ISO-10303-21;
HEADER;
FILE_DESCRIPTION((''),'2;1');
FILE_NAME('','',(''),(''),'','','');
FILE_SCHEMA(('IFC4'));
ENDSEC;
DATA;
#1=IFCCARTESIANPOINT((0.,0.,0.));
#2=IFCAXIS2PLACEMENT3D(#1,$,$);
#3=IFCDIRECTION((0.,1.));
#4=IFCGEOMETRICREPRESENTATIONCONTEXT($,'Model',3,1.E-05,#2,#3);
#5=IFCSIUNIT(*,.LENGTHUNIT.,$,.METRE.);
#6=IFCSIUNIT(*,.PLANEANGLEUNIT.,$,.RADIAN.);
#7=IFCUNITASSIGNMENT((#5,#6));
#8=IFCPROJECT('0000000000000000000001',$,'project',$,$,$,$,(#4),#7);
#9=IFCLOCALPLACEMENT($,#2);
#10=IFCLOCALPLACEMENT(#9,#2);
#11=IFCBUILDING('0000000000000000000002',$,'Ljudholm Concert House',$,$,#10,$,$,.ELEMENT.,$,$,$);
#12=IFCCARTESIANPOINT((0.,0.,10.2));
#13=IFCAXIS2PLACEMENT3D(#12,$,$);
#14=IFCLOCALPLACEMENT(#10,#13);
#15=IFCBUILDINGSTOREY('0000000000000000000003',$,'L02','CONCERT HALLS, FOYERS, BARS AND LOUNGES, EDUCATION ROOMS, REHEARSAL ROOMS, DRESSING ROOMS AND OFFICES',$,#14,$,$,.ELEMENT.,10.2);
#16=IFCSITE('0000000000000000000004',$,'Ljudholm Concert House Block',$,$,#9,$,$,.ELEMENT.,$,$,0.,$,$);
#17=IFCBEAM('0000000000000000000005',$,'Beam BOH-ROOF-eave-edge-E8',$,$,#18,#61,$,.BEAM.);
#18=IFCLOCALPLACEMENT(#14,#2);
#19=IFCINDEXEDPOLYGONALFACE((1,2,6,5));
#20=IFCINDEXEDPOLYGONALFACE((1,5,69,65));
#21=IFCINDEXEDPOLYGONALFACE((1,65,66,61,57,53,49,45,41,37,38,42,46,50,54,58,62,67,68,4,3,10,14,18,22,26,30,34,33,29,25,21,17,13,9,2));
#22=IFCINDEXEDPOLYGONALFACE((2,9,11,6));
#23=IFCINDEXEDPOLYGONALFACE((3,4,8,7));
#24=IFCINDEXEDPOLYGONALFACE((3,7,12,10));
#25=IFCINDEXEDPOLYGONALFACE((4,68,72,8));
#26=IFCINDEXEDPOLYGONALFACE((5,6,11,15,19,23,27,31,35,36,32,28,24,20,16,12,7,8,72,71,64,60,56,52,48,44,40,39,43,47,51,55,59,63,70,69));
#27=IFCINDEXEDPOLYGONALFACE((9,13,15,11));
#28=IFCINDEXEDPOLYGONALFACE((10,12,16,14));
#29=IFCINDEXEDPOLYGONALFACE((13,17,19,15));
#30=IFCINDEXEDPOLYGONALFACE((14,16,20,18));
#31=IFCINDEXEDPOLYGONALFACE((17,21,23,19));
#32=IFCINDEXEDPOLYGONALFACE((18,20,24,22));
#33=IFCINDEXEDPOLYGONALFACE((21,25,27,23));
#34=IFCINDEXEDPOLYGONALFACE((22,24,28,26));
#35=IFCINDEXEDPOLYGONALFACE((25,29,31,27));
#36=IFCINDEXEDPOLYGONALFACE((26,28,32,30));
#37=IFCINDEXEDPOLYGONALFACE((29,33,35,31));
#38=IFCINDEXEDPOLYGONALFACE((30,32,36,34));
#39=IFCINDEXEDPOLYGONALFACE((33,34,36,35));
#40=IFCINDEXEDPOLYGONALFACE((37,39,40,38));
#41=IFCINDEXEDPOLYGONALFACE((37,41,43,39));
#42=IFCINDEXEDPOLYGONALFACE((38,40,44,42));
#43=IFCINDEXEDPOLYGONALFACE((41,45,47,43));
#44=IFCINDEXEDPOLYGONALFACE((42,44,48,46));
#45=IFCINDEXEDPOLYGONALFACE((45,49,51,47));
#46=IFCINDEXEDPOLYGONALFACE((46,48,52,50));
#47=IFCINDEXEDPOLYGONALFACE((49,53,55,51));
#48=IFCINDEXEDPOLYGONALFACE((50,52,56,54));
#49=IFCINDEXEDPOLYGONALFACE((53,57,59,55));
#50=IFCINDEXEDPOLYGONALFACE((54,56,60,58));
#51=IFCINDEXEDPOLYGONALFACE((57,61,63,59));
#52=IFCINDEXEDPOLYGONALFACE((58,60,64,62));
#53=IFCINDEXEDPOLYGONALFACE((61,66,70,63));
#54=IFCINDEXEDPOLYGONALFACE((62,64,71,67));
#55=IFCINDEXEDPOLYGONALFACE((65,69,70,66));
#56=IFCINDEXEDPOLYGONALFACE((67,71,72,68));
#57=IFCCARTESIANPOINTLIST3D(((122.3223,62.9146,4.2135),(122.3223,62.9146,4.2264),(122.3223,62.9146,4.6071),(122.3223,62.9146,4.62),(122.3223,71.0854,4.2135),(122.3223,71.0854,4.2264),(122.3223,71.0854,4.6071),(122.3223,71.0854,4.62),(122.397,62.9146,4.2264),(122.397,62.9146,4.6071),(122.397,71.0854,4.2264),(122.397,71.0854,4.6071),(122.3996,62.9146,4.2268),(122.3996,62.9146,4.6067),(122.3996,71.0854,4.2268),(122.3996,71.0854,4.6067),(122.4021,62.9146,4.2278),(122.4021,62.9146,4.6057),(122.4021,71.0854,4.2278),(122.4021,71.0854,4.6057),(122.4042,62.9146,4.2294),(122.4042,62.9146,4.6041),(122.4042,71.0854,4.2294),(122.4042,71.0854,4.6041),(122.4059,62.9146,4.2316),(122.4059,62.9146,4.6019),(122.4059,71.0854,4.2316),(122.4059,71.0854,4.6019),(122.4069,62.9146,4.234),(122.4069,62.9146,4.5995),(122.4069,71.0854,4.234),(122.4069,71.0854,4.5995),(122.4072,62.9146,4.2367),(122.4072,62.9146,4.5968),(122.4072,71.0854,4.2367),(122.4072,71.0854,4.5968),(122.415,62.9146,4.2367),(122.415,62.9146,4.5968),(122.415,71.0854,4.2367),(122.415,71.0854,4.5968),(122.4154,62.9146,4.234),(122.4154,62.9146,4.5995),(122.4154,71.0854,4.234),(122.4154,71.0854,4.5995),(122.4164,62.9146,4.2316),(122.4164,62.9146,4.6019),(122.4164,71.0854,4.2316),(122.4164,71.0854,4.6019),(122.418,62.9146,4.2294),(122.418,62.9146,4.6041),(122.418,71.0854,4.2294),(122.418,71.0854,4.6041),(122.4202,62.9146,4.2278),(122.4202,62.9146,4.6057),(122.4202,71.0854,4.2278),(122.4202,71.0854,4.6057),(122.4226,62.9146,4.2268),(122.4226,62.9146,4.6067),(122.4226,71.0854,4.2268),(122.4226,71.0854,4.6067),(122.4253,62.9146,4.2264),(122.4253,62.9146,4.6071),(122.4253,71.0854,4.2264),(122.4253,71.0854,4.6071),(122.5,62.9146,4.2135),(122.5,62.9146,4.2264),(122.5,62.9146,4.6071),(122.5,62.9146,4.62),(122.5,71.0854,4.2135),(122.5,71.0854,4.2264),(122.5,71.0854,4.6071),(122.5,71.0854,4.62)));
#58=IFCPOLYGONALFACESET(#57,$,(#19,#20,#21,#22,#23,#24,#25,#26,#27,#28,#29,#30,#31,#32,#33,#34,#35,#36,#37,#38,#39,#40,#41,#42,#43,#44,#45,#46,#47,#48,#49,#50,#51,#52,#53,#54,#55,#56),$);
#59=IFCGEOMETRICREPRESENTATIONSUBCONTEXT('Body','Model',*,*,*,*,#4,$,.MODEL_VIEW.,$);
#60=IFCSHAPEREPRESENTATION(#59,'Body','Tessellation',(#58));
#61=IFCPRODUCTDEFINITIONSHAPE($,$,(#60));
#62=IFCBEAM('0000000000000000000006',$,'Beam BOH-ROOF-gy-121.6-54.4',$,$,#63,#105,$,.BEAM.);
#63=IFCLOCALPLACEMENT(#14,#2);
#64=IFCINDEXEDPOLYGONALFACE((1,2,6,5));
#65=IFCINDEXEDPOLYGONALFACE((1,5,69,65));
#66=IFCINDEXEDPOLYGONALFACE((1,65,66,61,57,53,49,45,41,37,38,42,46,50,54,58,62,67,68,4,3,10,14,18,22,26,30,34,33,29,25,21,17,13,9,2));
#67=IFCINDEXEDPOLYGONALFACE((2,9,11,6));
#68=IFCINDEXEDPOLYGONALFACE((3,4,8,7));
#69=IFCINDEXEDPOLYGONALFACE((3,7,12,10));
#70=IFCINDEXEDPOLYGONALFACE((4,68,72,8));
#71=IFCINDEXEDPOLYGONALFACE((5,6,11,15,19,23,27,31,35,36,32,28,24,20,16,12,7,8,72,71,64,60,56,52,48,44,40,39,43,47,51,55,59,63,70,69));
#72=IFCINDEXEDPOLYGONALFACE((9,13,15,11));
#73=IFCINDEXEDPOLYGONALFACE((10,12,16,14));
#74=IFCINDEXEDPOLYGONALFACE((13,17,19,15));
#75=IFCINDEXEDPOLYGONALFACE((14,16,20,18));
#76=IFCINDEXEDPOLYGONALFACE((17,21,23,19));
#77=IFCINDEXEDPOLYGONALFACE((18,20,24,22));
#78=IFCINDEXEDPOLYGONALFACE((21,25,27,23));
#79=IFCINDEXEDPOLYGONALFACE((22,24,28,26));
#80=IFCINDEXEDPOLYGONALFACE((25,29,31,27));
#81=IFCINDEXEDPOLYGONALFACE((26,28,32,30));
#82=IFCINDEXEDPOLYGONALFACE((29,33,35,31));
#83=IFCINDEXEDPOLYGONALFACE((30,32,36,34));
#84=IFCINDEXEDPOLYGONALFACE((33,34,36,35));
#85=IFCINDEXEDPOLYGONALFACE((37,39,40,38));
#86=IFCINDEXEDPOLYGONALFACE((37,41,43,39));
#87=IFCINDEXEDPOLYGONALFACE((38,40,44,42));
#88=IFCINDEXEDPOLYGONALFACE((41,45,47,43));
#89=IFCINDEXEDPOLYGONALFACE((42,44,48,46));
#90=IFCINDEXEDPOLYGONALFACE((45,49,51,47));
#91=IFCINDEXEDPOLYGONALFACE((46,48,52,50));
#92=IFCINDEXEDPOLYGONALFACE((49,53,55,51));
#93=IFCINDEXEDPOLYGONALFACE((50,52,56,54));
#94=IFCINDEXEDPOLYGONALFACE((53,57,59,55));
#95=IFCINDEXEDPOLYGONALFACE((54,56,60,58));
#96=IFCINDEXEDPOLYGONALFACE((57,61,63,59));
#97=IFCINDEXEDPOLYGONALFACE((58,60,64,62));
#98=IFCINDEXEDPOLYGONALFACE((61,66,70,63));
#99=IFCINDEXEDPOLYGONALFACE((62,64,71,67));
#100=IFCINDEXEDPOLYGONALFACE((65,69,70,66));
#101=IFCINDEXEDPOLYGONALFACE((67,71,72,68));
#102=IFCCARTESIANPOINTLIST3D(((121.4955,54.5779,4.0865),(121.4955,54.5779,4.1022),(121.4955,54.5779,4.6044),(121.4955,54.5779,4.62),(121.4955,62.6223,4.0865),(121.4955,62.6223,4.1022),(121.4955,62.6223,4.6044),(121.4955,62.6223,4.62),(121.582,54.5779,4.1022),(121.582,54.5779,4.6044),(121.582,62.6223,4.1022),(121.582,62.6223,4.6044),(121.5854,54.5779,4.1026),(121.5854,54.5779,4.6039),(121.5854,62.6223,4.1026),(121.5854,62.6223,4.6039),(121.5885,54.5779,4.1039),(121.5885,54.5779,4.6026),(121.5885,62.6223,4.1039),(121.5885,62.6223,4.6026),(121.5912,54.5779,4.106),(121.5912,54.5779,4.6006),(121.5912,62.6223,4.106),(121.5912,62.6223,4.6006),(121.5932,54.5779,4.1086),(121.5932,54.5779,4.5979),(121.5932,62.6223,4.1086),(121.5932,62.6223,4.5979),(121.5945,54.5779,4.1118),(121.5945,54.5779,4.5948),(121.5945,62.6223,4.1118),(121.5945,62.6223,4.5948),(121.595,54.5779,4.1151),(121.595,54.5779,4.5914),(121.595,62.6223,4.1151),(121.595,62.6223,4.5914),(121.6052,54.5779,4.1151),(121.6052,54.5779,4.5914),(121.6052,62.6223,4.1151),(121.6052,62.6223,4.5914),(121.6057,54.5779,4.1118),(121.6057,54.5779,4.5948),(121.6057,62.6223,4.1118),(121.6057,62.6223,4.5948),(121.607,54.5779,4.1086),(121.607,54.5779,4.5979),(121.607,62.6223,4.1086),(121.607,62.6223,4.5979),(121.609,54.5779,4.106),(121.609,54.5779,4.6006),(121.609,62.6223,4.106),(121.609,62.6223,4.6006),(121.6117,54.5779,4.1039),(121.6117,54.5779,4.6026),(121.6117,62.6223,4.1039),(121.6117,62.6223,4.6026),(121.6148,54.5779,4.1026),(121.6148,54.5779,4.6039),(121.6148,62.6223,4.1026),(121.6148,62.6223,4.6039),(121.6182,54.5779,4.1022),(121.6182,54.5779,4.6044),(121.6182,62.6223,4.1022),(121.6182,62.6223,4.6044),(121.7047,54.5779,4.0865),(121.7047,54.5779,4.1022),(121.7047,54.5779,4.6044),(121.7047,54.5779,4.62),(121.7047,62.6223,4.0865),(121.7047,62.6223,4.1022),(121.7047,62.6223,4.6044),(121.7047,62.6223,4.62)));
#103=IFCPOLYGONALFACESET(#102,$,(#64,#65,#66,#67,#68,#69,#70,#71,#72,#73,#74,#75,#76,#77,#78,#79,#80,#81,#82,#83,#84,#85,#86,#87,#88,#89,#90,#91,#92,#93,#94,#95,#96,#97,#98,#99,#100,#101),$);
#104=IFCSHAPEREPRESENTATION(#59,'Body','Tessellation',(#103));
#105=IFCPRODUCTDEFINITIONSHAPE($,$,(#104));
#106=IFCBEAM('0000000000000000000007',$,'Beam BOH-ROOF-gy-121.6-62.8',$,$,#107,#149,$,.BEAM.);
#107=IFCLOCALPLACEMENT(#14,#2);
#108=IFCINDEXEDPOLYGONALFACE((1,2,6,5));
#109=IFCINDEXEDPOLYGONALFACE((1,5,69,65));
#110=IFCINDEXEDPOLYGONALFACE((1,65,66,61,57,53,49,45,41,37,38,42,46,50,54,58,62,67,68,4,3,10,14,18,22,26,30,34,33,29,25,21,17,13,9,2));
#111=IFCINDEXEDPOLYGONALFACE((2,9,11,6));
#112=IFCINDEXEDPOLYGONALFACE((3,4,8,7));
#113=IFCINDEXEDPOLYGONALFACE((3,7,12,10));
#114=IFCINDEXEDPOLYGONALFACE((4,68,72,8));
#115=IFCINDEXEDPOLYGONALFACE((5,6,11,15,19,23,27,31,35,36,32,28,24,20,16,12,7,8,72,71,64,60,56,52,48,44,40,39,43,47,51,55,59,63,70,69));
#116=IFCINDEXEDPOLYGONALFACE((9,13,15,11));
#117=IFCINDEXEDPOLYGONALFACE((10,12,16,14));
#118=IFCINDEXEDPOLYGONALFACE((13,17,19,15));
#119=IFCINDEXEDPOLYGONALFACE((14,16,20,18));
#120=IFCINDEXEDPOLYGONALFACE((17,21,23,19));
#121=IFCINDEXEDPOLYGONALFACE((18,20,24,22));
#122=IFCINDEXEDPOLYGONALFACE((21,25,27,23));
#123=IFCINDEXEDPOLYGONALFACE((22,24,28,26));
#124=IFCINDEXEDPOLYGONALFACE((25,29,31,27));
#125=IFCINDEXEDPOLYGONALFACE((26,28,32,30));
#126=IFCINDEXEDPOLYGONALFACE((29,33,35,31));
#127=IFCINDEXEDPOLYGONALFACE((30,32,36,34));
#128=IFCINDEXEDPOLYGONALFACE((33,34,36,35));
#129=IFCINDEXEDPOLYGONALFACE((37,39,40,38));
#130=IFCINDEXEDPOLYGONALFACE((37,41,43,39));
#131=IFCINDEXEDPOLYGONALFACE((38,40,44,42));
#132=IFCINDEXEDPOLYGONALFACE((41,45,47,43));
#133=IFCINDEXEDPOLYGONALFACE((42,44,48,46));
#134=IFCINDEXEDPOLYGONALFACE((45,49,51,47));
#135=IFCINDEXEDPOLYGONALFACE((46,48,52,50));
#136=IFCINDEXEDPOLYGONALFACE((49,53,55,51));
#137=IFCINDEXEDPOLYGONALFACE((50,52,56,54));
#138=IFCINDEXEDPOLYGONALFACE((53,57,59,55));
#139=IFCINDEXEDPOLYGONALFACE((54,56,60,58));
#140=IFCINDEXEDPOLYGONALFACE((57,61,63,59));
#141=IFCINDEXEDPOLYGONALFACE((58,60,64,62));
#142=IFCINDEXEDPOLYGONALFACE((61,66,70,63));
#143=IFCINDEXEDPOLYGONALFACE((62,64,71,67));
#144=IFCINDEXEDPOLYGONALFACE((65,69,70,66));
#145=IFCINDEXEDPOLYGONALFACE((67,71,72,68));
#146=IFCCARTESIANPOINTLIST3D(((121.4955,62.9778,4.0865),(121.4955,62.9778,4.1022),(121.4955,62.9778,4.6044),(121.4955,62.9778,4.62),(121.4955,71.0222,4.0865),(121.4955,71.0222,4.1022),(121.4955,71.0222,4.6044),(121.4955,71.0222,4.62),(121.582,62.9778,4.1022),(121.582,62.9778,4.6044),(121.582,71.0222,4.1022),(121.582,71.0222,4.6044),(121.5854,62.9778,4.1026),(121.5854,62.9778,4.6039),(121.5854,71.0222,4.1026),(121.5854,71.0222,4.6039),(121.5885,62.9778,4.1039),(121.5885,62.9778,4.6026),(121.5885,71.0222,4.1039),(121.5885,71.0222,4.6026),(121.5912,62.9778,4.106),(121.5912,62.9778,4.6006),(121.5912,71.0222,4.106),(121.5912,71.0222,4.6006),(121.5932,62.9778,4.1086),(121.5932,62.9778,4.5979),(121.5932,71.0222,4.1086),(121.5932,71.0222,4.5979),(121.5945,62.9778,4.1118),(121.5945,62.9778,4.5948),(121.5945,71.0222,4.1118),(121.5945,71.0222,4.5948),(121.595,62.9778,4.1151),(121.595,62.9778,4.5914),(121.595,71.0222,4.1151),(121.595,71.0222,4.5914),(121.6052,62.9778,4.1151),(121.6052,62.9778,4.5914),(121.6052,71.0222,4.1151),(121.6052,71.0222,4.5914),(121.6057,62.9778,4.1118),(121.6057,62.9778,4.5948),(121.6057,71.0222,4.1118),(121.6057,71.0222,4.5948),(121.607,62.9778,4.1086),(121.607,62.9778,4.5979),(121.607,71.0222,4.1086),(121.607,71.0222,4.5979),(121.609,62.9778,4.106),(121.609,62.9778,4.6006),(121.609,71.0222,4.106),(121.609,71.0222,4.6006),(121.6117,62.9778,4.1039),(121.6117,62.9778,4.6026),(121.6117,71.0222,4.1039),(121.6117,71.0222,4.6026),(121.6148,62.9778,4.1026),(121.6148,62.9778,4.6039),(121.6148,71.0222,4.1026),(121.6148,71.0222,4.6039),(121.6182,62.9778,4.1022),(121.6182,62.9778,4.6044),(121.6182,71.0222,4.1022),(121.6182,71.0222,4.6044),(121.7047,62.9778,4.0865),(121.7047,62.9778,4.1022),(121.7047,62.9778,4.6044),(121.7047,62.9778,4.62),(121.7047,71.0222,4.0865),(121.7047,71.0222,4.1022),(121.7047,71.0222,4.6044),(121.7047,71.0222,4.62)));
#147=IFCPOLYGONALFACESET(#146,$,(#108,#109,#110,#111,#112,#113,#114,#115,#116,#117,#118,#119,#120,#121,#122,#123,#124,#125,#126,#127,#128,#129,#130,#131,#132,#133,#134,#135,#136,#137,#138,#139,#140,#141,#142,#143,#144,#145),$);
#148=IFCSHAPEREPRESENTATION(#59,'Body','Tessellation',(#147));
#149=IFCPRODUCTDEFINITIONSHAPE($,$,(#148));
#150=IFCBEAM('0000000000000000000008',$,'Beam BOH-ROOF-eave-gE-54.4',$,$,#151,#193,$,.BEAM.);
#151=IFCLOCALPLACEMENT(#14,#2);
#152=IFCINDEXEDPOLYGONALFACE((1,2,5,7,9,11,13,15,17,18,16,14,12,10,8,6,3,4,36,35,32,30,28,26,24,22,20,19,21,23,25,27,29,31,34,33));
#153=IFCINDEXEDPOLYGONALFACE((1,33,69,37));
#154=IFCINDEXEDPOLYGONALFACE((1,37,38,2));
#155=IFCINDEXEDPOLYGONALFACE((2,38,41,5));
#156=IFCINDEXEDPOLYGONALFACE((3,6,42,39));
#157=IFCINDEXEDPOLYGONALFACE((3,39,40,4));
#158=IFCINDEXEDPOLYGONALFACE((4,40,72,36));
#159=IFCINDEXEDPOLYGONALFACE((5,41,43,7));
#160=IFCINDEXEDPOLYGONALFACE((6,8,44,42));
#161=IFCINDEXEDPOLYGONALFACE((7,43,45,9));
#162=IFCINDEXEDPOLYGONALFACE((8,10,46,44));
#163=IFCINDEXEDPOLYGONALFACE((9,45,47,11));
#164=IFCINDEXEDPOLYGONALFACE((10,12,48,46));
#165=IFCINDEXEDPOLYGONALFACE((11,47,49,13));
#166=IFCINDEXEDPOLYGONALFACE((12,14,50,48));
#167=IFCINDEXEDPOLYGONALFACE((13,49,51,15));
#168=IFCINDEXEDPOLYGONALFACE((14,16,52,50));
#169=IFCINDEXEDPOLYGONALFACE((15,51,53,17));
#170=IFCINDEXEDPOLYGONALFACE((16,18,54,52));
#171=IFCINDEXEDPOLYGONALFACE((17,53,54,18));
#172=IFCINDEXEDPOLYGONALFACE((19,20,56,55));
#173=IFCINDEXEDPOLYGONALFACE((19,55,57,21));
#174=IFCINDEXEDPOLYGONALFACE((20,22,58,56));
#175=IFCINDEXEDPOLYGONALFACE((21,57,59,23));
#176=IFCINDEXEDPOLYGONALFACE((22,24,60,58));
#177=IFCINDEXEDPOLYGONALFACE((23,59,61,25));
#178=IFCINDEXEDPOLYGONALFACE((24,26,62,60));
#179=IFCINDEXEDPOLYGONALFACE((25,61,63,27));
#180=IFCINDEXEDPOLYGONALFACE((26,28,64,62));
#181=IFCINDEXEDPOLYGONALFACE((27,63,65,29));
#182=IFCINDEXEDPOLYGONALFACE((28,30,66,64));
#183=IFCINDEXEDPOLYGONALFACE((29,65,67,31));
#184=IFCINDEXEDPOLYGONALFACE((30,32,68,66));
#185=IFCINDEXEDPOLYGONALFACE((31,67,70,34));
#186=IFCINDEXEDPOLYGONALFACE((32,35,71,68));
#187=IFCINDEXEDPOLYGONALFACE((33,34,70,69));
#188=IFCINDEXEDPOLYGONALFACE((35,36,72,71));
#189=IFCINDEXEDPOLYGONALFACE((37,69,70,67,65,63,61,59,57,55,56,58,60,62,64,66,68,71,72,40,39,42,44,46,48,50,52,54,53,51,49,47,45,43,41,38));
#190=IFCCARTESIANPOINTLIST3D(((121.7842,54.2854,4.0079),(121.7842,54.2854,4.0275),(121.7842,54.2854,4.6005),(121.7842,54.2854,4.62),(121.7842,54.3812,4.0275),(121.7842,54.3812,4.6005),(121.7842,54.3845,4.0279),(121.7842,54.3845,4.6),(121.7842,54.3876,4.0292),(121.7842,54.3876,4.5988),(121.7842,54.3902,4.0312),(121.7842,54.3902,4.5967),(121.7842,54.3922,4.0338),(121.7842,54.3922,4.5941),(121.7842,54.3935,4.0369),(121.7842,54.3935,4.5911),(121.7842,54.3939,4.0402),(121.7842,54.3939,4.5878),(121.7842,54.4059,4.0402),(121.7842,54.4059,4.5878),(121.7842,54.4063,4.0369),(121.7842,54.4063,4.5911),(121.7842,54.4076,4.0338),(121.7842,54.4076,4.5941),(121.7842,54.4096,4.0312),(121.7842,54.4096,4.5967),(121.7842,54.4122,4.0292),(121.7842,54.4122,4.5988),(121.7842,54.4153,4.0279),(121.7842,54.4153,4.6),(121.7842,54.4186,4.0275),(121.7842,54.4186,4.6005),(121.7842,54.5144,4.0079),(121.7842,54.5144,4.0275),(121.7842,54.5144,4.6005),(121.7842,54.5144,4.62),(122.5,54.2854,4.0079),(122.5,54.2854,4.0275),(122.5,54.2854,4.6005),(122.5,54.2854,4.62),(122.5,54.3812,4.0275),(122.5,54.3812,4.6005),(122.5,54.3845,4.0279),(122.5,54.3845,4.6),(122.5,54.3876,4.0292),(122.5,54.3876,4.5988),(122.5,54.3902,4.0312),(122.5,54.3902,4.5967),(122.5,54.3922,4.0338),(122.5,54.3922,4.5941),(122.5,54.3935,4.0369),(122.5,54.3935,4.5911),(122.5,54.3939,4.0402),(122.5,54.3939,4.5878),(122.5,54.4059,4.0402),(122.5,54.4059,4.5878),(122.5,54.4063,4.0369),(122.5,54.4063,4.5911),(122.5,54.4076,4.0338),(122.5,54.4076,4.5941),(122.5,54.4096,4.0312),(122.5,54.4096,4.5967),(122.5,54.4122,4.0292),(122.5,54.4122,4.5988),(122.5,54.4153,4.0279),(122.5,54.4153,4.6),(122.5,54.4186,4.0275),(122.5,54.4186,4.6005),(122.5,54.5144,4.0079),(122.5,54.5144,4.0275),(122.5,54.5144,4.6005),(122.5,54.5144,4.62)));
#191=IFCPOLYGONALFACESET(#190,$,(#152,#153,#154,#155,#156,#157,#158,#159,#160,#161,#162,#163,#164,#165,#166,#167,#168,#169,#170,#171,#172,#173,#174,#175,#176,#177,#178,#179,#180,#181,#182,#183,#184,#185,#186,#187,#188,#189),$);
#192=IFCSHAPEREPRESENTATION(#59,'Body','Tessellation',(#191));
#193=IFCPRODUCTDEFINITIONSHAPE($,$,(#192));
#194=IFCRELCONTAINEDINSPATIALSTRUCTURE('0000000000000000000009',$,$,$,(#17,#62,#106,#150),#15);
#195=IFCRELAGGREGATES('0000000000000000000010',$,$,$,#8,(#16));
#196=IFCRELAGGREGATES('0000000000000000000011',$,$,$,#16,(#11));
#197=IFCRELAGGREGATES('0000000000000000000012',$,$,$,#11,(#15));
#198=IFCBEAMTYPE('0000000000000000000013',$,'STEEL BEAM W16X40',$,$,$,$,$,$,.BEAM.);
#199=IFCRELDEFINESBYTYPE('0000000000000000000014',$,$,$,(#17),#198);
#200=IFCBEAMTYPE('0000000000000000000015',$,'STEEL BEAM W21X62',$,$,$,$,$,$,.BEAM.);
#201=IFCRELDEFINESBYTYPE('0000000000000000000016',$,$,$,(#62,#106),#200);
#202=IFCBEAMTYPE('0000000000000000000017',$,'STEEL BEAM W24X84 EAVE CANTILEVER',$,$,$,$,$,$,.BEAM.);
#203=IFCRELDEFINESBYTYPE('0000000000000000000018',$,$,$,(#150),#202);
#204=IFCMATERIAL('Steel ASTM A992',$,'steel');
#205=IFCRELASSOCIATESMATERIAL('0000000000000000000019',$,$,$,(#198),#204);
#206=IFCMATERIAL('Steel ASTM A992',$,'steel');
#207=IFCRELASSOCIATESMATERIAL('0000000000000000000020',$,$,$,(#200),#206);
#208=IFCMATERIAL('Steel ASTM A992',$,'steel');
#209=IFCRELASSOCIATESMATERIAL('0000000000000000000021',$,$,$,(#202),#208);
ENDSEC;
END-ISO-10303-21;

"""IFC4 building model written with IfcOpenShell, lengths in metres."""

from ifc_helpers import new_model, si_unit, direction, frame, origin, origin_2d, place, context, subcontext, project, spatial, i_section, extrude, material, material_profile, profile_set, type_object, element, save


model = new_model("IFC4")

# Units and contexts
model_context = context("Model", 3, precision=1e-05, world=origin(), true_north=direction((0.0, 1.0)))
body_context = subcontext(model_context, "Body", "Model", "MODEL_VIEW")
ifc_project = project(units=[si_unit("LENGTHUNIT", "METRE"), si_unit("PLANEANGLEUNIT", "RADIAN")], contexts=[model_context])

# Site, building, storey
site_placement = place(None, origin())
site = spatial("IfcSite", under=ifc_project, at=site_placement, Name="Ljudholm Concert House Block", CompositionType="ELEMENT", RefElevation=0.0)
building_placement = place(site_placement, origin())
building = spatial("IfcBuilding", under=site, at=building_placement, Name="Ljudholm Concert House", CompositionType="ELEMENT")
storey_placement = place(building_placement, frame((0.0, 0.0, 10.2)))
storey = spatial("IfcBuildingStorey", under=building, at=storey_placement, Name="L02", Description="CONCERT HALLS, FOYERS, BARS AND LOUNGES, EDUCATION ROOMS, REHEARSAL ROOMS, DRESSING ROOMS AND OFFICES", CompositionType="ELEMENT", Elevation=10.2)

# Beams
ifc_material_1 = material(Name="Steel ASTM A992", Category="steel")
ifc_material_profile_1 = material_profile(ifc_material_1, i_section(OverallWidth=0.1777, OverallDepth=0.4065, WebThickness=0.0078, FlangeThickness=0.0129, FilletRadius=0.0103, at=origin_2d()), Name="W16X40")
ifc_profile_set_1 = profile_set([ifc_material_profile_1], Name="Steel ASTM A992")
beam_type_1 = type_object("IfcBeamType", Name="STEEL BEAM W16X40", PredefinedType="BEAM", material=ifc_profile_set_1)
for number, where, z_axis, x_axis, name in (
    (1, (122.4111, 62.9146, 4.4167), (0.0, 1.0, 0.0), (-1.0, 0.0, 0.0), "Beam BOH-ROOF-eave-edge-E8"),
):
    element("IfcBeam", number, at=place(storey_placement, frame(where, z_axis=z_axis, x_axis=x_axis)), inside=storey, type_object=beam_type_1, Name=name, PredefinedType="BEAM", context=body_context, shape_type="SweptSolid", body=[
        extrude(i_section(OverallWidth=0.1777, OverallDepth=0.4065, WebThickness=0.0078, FlangeThickness=0.0129, FilletRadius=0.0103, at=origin_2d()), origin(), (0.0, 0.0, 1.0), 8.1709),
    ])
ifc_material_2 = material(Name="Steel ASTM A992", Category="steel")
ifc_material_profile_2 = material_profile(ifc_material_2, i_section(OverallWidth=0.2092, OverallDepth=0.5334, WebThickness=0.0103, FlangeThickness=0.0156, FilletRadius=0.0129, at=origin_2d()), Name="W21X62")
ifc_profile_set_2 = profile_set([ifc_material_profile_2], Name="Steel ASTM A992")
beam_type_2 = type_object("IfcBeamType", Name="STEEL BEAM W21X62", PredefinedType="BEAM", material=ifc_profile_set_2)
for number, where, z_axis, x_axis, name in (
    (2, (121.6001, 54.5779, 4.3533), (0.0, 1.0, 0.0), (-1.0, 0.0, 0.0), "Beam BOH-ROOF-gy-121.6-54.4"),
    (3, (121.6001, 62.9778, 4.3533), (0.0, 1.0, 0.0), (-1.0, 0.0, 0.0), "Beam BOH-ROOF-gy-121.6-62.8"),
):
    element("IfcBeam", number, at=place(storey_placement, frame(where, z_axis=z_axis, x_axis=x_axis)), inside=storey, type_object=beam_type_2, Name=name, PredefinedType="BEAM", context=body_context, shape_type="SweptSolid", body=[
        extrude(i_section(OverallWidth=0.2092, OverallDepth=0.5334, WebThickness=0.0103, FlangeThickness=0.0156, FilletRadius=0.0129, at=origin_2d()), origin(), (0.0, 0.0, 1.0), 8.0444),
    ])
ifc_material_3 = material(Name="Steel ASTM A992", Category="steel")
ifc_material_profile_3 = material_profile(ifc_material_3, i_section(OverallWidth=0.229, OverallDepth=0.6121, WebThickness=0.012, FlangeThickness=0.0195, FilletRadius=0.0127, at=origin_2d()), Name="W24X84")
ifc_profile_set_3 = profile_set([ifc_material_profile_3], Name="Steel ASTM A992")
beam_type_3 = type_object("IfcBeamType", Name="STEEL BEAM W24X84 EAVE CANTILEVER", PredefinedType="BEAM", material=ifc_profile_set_3)
for number, where, z_axis, x_axis, name in (
    (4, (121.7842, 54.3999, 4.314), (1.0, 0.0, 0.0), (0.0, 1.0, 0.0), "Beam BOH-ROOF-eave-gE-54.4"),
):
    element("IfcBeam", number, at=place(storey_placement, frame(where, z_axis=z_axis, x_axis=x_axis)), inside=storey, type_object=beam_type_3, Name=name, PredefinedType="BEAM", context=body_context, shape_type="SweptSolid", body=[
        extrude(i_section(OverallWidth=0.229, OverallDepth=0.6121, WebThickness=0.012, FlangeThickness=0.0195, FilletRadius=0.0127, at=origin_2d()), origin(), (0.0, 0.0, 1.0), 0.7158),
    ])

save(model, "model.ifc")
